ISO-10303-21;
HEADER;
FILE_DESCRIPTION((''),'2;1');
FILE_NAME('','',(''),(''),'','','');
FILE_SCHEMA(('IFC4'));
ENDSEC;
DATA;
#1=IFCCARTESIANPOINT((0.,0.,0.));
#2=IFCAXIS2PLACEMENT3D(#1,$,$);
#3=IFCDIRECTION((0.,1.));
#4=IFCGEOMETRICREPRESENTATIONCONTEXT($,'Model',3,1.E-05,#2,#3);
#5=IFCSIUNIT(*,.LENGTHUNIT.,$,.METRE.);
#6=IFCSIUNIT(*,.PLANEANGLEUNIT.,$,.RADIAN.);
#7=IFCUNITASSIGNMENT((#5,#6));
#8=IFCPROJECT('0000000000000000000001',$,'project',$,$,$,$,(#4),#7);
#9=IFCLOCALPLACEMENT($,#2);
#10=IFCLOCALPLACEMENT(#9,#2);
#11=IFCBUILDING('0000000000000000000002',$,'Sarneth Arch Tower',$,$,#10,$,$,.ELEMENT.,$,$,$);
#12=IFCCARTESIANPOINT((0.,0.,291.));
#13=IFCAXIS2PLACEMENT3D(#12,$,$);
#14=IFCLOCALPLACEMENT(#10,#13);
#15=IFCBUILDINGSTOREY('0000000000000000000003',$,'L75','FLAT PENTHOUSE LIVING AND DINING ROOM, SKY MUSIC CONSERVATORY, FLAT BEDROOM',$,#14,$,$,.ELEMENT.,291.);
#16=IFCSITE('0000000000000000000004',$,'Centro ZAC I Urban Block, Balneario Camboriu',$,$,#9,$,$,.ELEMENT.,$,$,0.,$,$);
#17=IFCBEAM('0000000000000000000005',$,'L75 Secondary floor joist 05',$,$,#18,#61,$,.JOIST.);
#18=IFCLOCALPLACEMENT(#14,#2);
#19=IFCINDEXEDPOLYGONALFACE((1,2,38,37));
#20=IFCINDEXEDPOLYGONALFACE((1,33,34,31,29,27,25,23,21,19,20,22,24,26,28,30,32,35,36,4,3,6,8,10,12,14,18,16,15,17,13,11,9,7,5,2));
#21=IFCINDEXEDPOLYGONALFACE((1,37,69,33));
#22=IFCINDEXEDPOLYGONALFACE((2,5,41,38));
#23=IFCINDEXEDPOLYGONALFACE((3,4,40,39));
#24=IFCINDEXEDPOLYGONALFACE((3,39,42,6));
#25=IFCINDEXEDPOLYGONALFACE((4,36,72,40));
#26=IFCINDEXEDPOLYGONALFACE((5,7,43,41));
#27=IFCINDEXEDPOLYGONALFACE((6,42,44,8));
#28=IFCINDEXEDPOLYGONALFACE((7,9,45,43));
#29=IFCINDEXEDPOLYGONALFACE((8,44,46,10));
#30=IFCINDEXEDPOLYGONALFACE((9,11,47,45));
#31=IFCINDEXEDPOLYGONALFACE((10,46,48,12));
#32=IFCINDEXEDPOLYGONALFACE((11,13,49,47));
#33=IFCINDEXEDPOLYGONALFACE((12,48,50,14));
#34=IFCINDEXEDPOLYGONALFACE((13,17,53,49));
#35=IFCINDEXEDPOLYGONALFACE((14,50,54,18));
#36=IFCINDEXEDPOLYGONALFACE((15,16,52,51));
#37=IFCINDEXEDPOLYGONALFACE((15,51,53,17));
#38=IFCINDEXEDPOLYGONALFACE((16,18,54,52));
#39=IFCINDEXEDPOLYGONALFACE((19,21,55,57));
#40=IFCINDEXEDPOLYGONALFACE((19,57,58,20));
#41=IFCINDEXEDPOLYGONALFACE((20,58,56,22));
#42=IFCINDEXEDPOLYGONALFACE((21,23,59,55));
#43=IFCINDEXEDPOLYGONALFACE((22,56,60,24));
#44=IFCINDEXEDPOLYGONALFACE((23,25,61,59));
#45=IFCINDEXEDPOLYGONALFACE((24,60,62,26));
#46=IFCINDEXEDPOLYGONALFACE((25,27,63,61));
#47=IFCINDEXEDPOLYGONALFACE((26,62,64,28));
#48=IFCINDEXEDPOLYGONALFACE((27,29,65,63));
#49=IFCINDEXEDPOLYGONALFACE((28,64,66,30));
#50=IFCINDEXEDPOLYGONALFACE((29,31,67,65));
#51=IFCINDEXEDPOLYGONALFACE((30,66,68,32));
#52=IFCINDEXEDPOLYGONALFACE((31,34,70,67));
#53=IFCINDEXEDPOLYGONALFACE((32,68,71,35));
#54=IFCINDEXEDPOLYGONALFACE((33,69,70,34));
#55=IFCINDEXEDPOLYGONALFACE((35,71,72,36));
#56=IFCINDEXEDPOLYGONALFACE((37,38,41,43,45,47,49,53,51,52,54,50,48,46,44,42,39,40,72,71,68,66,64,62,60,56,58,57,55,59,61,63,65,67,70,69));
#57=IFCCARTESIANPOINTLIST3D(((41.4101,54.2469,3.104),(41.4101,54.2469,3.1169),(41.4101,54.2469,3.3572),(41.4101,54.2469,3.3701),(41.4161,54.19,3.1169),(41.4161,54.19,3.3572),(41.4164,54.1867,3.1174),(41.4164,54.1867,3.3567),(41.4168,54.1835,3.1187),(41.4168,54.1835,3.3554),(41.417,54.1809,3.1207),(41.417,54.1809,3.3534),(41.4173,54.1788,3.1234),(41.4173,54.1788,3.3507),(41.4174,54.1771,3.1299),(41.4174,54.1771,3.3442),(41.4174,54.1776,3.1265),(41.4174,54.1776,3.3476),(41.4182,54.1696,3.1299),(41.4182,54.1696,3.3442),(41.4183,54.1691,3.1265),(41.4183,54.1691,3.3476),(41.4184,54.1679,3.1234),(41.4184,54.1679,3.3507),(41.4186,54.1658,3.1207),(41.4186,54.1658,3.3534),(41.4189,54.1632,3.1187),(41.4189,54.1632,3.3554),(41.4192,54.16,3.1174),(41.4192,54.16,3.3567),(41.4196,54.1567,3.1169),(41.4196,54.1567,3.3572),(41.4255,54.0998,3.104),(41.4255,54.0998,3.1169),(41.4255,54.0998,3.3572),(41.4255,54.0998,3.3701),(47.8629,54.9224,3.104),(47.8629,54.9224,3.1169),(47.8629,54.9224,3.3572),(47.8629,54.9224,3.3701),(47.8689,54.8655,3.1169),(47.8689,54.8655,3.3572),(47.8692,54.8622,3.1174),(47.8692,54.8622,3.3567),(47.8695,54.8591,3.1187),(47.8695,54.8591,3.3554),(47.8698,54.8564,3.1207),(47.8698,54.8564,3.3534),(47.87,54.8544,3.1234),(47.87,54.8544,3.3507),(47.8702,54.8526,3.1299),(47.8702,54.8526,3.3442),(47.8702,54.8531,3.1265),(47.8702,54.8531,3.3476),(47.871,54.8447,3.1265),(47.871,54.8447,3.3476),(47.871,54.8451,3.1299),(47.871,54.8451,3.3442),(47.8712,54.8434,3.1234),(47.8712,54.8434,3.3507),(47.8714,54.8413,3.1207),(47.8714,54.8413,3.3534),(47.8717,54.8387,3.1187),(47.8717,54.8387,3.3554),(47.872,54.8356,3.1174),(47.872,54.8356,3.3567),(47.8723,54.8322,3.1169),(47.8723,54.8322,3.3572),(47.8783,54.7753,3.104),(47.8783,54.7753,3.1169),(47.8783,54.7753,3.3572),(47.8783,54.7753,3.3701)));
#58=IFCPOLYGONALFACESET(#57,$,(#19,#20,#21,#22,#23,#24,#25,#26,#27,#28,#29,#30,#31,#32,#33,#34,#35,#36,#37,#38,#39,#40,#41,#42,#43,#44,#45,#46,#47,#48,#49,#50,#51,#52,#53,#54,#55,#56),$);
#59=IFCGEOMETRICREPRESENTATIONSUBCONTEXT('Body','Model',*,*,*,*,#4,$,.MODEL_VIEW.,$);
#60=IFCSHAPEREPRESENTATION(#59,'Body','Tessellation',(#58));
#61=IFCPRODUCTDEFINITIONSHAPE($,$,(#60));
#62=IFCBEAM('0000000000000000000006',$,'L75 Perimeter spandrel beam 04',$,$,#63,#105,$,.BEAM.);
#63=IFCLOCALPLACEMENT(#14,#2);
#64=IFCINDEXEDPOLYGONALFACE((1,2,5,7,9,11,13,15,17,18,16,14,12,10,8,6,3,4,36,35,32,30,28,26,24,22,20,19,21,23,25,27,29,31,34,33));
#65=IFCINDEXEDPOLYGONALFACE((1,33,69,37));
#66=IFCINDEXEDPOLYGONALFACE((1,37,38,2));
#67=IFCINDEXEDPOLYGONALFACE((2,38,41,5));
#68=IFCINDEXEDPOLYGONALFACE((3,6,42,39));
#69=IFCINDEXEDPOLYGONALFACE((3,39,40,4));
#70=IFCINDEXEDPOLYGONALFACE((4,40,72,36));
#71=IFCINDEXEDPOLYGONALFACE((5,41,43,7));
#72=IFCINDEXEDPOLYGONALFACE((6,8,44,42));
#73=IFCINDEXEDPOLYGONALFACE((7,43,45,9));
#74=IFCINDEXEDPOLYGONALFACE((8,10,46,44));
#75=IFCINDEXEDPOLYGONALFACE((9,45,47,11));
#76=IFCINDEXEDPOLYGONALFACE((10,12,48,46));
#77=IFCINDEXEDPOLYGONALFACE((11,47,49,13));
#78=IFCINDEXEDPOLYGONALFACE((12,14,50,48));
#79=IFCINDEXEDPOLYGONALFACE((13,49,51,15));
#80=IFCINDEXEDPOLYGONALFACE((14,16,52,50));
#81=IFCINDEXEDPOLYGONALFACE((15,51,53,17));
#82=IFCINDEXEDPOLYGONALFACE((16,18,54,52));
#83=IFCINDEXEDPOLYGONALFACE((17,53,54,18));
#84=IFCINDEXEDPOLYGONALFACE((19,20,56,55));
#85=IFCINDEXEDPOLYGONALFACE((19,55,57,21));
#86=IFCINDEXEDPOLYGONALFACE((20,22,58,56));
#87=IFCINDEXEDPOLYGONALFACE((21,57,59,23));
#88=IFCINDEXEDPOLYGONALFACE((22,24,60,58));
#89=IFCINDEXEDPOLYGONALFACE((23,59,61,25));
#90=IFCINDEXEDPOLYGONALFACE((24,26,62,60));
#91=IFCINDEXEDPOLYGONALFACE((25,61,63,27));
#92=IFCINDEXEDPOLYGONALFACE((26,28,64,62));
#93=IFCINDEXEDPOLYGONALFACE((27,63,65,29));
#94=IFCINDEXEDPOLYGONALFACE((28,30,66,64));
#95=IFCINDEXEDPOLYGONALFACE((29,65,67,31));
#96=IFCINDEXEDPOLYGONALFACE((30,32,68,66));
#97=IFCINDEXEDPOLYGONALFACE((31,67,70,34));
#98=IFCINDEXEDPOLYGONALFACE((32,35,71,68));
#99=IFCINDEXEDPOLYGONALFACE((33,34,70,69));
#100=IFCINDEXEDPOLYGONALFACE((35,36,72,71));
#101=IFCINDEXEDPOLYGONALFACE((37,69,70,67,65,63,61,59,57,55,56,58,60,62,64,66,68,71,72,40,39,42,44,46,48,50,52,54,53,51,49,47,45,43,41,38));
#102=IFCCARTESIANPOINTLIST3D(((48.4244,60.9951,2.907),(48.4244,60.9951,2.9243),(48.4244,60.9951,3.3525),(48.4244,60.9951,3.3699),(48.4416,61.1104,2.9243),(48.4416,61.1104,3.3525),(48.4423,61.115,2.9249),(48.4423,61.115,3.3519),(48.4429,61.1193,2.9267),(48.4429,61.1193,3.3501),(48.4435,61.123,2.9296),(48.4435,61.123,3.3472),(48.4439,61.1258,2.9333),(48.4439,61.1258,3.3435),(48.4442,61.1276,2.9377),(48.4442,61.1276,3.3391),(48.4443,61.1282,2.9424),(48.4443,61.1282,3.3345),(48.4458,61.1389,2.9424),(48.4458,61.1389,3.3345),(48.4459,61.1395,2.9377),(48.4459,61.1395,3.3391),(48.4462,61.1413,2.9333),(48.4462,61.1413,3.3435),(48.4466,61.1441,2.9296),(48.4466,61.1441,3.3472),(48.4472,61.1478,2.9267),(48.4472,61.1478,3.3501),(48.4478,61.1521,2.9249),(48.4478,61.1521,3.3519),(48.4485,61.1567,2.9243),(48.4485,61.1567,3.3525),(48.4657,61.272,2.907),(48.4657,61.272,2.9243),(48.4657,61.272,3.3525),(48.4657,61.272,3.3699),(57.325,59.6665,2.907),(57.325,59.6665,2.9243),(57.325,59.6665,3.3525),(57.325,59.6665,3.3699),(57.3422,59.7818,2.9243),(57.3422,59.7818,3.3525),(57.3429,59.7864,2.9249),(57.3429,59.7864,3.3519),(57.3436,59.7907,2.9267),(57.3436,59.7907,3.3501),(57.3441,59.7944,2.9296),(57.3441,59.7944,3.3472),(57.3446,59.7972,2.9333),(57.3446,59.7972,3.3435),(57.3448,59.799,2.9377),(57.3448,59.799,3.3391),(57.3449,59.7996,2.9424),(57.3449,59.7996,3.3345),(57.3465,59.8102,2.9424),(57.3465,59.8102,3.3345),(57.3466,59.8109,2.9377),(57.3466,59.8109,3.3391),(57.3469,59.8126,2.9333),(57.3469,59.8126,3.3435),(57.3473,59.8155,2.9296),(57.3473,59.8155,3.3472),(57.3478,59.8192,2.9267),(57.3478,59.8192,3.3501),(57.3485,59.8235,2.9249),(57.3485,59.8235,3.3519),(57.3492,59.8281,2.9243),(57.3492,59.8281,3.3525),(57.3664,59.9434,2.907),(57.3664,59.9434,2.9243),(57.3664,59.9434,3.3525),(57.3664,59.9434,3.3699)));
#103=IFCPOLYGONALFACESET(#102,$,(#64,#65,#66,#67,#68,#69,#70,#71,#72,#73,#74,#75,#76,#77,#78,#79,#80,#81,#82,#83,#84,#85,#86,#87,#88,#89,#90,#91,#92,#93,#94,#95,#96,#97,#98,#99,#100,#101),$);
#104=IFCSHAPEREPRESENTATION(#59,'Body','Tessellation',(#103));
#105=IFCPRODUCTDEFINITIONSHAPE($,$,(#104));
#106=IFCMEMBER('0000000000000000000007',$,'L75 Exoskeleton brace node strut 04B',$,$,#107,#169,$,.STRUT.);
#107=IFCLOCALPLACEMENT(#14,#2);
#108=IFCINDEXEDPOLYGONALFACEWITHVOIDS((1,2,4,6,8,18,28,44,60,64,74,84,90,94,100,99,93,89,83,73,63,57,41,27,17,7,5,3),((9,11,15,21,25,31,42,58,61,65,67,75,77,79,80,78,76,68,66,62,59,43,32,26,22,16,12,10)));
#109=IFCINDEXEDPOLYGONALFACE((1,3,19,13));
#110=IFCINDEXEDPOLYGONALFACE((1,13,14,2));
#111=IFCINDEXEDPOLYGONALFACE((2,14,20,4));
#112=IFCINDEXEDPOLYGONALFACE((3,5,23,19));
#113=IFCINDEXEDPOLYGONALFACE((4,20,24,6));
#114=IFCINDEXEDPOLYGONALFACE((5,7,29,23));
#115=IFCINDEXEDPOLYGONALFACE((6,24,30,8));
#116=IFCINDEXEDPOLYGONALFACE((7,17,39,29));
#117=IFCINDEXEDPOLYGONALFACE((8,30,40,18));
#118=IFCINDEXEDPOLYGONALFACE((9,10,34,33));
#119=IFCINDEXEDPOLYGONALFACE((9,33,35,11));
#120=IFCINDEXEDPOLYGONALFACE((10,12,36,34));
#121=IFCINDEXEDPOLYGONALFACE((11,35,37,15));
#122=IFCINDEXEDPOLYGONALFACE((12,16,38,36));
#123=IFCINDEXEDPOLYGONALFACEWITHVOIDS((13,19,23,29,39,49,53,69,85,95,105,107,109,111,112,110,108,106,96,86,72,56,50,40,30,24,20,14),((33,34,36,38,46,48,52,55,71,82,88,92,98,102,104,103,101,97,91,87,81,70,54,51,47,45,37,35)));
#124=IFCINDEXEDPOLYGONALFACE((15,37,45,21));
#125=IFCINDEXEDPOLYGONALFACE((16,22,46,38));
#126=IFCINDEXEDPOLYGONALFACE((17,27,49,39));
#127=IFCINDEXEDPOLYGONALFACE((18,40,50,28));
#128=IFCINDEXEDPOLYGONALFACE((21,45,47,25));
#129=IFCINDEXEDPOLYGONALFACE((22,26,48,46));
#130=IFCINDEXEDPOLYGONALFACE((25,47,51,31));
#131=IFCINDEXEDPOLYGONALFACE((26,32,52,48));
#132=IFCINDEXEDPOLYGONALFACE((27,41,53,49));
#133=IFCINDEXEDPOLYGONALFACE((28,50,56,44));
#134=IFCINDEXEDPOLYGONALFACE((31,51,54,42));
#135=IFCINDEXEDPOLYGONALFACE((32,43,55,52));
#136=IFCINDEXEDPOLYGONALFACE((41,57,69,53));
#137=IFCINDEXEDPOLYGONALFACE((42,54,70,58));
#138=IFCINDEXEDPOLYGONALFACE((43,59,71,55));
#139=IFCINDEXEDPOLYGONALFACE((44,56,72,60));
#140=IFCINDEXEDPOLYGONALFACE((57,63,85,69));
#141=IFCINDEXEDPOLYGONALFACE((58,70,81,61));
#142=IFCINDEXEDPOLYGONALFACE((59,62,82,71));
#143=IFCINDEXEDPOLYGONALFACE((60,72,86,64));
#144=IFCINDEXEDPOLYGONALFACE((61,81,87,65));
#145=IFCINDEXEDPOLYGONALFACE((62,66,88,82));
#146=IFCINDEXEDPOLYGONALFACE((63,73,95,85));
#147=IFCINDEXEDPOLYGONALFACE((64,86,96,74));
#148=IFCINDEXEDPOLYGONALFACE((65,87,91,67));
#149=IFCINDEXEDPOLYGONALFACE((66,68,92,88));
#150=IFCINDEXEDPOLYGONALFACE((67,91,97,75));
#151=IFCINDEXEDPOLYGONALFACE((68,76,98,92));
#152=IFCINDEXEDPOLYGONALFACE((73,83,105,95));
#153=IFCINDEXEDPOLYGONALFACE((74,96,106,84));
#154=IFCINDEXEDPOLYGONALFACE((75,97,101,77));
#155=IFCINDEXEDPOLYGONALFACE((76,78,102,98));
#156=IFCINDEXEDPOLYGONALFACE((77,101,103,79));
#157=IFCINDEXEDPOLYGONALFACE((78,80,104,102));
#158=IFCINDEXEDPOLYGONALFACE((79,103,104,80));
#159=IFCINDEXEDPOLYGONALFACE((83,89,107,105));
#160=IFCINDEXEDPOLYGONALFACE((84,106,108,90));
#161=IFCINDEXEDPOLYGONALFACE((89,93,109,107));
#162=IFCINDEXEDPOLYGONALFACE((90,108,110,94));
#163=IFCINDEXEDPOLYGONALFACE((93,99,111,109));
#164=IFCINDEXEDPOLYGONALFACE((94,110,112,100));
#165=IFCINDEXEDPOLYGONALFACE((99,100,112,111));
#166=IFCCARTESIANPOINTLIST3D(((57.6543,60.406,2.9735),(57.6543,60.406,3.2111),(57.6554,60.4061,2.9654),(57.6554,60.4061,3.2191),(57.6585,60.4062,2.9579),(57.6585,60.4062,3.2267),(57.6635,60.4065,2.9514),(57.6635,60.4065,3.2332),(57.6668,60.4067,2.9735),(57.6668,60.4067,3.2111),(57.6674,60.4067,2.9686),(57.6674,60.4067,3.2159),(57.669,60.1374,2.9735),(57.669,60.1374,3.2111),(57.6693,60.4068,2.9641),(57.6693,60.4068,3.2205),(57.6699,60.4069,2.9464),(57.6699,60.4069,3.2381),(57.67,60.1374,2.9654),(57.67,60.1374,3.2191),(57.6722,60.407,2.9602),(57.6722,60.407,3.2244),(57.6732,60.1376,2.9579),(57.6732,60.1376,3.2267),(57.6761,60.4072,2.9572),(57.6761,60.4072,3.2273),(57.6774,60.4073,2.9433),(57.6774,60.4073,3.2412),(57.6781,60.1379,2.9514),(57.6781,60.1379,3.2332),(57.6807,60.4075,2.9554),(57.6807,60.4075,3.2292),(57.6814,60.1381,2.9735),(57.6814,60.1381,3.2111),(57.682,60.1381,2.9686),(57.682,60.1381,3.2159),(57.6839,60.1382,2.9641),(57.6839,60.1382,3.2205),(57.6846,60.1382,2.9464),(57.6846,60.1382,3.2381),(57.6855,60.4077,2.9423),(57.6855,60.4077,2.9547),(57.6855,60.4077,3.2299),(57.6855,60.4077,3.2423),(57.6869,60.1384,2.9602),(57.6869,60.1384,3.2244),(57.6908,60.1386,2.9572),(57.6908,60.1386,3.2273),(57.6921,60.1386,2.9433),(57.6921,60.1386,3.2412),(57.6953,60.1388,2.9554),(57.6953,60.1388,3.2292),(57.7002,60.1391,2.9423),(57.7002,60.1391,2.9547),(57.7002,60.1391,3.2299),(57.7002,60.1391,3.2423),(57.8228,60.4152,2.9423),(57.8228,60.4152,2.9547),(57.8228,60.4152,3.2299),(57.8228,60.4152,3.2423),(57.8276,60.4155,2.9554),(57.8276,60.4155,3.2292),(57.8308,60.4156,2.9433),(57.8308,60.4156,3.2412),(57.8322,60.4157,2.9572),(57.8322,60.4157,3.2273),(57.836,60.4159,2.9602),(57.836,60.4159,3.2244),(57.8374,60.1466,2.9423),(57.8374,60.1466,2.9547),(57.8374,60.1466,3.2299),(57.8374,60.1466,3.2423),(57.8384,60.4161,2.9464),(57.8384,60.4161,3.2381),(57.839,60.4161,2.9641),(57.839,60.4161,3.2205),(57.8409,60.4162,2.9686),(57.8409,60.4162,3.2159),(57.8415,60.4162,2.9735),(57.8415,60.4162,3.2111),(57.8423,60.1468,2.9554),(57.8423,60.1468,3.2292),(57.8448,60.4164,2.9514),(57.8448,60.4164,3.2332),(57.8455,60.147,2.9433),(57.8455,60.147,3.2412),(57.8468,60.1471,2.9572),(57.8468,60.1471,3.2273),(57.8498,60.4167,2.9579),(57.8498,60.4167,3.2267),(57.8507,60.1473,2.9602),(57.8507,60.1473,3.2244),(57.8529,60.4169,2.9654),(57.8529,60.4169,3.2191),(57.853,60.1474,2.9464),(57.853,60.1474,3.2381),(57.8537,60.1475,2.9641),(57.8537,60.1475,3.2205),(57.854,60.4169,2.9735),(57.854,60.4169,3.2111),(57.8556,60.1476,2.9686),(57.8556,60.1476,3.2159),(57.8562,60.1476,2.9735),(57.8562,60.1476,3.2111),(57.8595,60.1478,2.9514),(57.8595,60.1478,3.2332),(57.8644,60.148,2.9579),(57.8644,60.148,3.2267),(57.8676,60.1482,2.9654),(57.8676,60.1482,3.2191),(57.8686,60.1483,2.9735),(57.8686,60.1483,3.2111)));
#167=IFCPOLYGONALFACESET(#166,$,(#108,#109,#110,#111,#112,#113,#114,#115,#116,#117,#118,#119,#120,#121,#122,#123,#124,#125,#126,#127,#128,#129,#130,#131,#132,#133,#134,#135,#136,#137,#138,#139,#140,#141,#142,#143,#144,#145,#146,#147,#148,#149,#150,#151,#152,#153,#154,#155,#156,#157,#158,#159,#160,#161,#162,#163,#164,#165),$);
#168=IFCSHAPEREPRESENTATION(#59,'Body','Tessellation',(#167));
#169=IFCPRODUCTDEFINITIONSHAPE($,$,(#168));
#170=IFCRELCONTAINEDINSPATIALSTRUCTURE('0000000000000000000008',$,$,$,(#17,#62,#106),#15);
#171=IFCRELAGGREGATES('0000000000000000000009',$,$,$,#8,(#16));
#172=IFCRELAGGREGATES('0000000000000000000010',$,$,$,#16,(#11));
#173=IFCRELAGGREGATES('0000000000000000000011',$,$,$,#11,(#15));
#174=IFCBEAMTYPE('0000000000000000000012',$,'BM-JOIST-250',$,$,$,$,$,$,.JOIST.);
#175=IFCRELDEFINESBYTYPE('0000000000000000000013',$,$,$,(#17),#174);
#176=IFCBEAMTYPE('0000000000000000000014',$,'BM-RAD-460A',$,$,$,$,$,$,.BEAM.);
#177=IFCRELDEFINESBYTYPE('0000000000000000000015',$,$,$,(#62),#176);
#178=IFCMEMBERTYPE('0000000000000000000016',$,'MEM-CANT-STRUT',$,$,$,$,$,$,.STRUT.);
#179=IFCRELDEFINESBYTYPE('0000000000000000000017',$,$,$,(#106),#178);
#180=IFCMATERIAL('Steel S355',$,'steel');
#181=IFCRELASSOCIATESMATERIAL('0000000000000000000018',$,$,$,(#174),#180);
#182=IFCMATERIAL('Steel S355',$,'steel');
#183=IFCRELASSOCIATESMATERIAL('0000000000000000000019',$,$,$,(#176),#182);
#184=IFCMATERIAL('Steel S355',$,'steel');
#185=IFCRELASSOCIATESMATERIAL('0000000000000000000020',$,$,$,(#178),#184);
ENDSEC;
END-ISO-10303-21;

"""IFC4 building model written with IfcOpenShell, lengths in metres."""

from ifc_helpers import new_model, si_unit, direction, frame, origin, origin_2d, place, context, subcontext, project, spatial, hollow_rectangle, i_section, extrude, material, material_profile, profile_set, type_object, element, save


model = new_model("IFC4")

# Units and contexts
model_context = context("Model", 3, precision=1e-05, world=origin(), true_north=direction((0.0, 1.0)))
body_context = subcontext(model_context, "Body", "Model", "MODEL_VIEW")
ifc_project = project(units=[si_unit("LENGTHUNIT", "METRE"), si_unit("PLANEANGLEUNIT", "RADIAN")], contexts=[model_context])

# Site, building, storey
site_placement = place(None, origin())
site = spatial("IfcSite", under=ifc_project, at=site_placement, Name="Centro ZAC I Urban Block, Balneario Camboriu", CompositionType="ELEMENT", RefElevation=0.0)
building_placement = place(site_placement, origin())
building = spatial("IfcBuilding", under=site, at=building_placement, Name="Sarneth Arch Tower", CompositionType="ELEMENT")
storey_placement = place(building_placement, frame((0.0, 0.0, 291.0)))
storey = spatial("IfcBuildingStorey", under=building, at=storey_placement, Name="L75", Description="FLAT PENTHOUSE LIVING AND DINING ROOM, SKY MUSIC CONSERVATORY, FLAT BEDROOM", CompositionType="ELEMENT", Elevation=291.0)

# Beams
ifc_material_1 = material(Name="Steel S355", Category="steel")
ifc_material_profile_1 = material_profile(ifc_material_1, i_section(OverallWidth=0.1479, OverallDepth=0.2661, WebThickness=0.0076, FlangeThickness=0.0129, FilletRadius=0.0129, at=origin_2d()), Name="W250x44.8")
ifc_profile_set_1 = profile_set([ifc_material_profile_1], Name="Steel S355")
beam_type_1 = type_object("IfcBeamType", Name="BM-JOIST-250", PredefinedType="JOIST", material=ifc_profile_set_1)
beam_1_placement = place(storey_placement, frame((47.8706, 54.8489, 3.2371), z_axis=(-0.994565, -0.104119, 0.0), x_axis=(0.104119, -0.994565, 0.0)))
element("IfcBeam", 1, at=beam_1_placement, inside=storey, type_object=beam_type_1, Name="L75 Secondary floor joist 05", PredefinedType="JOIST", context=body_context, shape_type="SweptSolid", body=[
    extrude(i_section(OverallWidth=0.1479, OverallDepth=0.2661, WebThickness=0.0076, FlangeThickness=0.0129, FilletRadius=0.0129, at=origin_2d()), origin(), (0.0, 0.0, 1.0), 6.488),
])
ifc_material_2 = material(Name="Steel S355", Category="steel")
ifc_material_profile_2 = material_profile(ifc_material_2, i_section(OverallWidth=0.28, OverallDepth=0.4629, WebThickness=0.0107, FlangeThickness=0.0173, FilletRadius=0.0181, at=origin_2d()), Name="W460x113")
ifc_profile_set_2 = profile_set([ifc_material_profile_2], Name="Steel S355")
beam_type_2 = type_object("IfcBeamType", Name="BM-RAD-460A", PredefinedType="BEAM", material=ifc_profile_set_2)
beam_2_placement = place(storey_placement, frame((57.3457, 59.8049, 3.1384), z_axis=(-0.989042, 0.147636, 0.0), x_axis=(-0.147636, -0.989042, 0.0)))
element("IfcBeam", 2, at=beam_2_placement, inside=storey, type_object=beam_type_2, Name="L75 Perimeter spandrel beam 04", PredefinedType="BEAM", context=body_context, shape_type="SweptSolid", body=[
    extrude(i_section(OverallWidth=0.28, OverallDepth=0.4629, WebThickness=0.0107, FlangeThickness=0.0173, FilletRadius=0.0181, at=origin_2d()), origin(), (0.0, 0.0, 1.0), 8.9993),
])

# Member
ifc_material_3 = material(Name="Steel S355", Category="steel")
ifc_material_profile_3 = material_profile(ifc_material_3, hollow_rectangle(XDim=0.2, YDim=0.3, WallThickness=0.0125, InnerFilletRadius=0.0188, OuterFilletRadius=0.0312, at=origin_2d()), Name="RHS300x200x12.5")
ifc_profile_set_3 = profile_set([ifc_material_profile_3], Name="Steel S355")
member_type_1 = type_object("IfcMemberType", Name="MEM-CANT-STRUT", PredefinedType="STRUT", material=ifc_profile_set_3)
member_1_placement = place(storey_placement, frame((57.7688, 60.1428, 3.0923), z_axis=(-0.054464, 0.998516, 0.0), x_axis=(-0.998516, -0.054464, 0.0)))
element("IfcMember", 3, at=member_1_placement, inside=storey, type_object=member_type_1, Name="L75 Exoskeleton brace node strut 04B", PredefinedType="STRUT", context=body_context, shape_type="SweptSolid", body=[
    extrude(hollow_rectangle(XDim=0.2, YDim=0.3, WallThickness=0.0125, InnerFilletRadius=0.0188, OuterFilletRadius=0.0312, at=origin_2d()), origin(), (0.0, 0.0, 1.0), 0.269),
])

save(model, "model.ifc")
